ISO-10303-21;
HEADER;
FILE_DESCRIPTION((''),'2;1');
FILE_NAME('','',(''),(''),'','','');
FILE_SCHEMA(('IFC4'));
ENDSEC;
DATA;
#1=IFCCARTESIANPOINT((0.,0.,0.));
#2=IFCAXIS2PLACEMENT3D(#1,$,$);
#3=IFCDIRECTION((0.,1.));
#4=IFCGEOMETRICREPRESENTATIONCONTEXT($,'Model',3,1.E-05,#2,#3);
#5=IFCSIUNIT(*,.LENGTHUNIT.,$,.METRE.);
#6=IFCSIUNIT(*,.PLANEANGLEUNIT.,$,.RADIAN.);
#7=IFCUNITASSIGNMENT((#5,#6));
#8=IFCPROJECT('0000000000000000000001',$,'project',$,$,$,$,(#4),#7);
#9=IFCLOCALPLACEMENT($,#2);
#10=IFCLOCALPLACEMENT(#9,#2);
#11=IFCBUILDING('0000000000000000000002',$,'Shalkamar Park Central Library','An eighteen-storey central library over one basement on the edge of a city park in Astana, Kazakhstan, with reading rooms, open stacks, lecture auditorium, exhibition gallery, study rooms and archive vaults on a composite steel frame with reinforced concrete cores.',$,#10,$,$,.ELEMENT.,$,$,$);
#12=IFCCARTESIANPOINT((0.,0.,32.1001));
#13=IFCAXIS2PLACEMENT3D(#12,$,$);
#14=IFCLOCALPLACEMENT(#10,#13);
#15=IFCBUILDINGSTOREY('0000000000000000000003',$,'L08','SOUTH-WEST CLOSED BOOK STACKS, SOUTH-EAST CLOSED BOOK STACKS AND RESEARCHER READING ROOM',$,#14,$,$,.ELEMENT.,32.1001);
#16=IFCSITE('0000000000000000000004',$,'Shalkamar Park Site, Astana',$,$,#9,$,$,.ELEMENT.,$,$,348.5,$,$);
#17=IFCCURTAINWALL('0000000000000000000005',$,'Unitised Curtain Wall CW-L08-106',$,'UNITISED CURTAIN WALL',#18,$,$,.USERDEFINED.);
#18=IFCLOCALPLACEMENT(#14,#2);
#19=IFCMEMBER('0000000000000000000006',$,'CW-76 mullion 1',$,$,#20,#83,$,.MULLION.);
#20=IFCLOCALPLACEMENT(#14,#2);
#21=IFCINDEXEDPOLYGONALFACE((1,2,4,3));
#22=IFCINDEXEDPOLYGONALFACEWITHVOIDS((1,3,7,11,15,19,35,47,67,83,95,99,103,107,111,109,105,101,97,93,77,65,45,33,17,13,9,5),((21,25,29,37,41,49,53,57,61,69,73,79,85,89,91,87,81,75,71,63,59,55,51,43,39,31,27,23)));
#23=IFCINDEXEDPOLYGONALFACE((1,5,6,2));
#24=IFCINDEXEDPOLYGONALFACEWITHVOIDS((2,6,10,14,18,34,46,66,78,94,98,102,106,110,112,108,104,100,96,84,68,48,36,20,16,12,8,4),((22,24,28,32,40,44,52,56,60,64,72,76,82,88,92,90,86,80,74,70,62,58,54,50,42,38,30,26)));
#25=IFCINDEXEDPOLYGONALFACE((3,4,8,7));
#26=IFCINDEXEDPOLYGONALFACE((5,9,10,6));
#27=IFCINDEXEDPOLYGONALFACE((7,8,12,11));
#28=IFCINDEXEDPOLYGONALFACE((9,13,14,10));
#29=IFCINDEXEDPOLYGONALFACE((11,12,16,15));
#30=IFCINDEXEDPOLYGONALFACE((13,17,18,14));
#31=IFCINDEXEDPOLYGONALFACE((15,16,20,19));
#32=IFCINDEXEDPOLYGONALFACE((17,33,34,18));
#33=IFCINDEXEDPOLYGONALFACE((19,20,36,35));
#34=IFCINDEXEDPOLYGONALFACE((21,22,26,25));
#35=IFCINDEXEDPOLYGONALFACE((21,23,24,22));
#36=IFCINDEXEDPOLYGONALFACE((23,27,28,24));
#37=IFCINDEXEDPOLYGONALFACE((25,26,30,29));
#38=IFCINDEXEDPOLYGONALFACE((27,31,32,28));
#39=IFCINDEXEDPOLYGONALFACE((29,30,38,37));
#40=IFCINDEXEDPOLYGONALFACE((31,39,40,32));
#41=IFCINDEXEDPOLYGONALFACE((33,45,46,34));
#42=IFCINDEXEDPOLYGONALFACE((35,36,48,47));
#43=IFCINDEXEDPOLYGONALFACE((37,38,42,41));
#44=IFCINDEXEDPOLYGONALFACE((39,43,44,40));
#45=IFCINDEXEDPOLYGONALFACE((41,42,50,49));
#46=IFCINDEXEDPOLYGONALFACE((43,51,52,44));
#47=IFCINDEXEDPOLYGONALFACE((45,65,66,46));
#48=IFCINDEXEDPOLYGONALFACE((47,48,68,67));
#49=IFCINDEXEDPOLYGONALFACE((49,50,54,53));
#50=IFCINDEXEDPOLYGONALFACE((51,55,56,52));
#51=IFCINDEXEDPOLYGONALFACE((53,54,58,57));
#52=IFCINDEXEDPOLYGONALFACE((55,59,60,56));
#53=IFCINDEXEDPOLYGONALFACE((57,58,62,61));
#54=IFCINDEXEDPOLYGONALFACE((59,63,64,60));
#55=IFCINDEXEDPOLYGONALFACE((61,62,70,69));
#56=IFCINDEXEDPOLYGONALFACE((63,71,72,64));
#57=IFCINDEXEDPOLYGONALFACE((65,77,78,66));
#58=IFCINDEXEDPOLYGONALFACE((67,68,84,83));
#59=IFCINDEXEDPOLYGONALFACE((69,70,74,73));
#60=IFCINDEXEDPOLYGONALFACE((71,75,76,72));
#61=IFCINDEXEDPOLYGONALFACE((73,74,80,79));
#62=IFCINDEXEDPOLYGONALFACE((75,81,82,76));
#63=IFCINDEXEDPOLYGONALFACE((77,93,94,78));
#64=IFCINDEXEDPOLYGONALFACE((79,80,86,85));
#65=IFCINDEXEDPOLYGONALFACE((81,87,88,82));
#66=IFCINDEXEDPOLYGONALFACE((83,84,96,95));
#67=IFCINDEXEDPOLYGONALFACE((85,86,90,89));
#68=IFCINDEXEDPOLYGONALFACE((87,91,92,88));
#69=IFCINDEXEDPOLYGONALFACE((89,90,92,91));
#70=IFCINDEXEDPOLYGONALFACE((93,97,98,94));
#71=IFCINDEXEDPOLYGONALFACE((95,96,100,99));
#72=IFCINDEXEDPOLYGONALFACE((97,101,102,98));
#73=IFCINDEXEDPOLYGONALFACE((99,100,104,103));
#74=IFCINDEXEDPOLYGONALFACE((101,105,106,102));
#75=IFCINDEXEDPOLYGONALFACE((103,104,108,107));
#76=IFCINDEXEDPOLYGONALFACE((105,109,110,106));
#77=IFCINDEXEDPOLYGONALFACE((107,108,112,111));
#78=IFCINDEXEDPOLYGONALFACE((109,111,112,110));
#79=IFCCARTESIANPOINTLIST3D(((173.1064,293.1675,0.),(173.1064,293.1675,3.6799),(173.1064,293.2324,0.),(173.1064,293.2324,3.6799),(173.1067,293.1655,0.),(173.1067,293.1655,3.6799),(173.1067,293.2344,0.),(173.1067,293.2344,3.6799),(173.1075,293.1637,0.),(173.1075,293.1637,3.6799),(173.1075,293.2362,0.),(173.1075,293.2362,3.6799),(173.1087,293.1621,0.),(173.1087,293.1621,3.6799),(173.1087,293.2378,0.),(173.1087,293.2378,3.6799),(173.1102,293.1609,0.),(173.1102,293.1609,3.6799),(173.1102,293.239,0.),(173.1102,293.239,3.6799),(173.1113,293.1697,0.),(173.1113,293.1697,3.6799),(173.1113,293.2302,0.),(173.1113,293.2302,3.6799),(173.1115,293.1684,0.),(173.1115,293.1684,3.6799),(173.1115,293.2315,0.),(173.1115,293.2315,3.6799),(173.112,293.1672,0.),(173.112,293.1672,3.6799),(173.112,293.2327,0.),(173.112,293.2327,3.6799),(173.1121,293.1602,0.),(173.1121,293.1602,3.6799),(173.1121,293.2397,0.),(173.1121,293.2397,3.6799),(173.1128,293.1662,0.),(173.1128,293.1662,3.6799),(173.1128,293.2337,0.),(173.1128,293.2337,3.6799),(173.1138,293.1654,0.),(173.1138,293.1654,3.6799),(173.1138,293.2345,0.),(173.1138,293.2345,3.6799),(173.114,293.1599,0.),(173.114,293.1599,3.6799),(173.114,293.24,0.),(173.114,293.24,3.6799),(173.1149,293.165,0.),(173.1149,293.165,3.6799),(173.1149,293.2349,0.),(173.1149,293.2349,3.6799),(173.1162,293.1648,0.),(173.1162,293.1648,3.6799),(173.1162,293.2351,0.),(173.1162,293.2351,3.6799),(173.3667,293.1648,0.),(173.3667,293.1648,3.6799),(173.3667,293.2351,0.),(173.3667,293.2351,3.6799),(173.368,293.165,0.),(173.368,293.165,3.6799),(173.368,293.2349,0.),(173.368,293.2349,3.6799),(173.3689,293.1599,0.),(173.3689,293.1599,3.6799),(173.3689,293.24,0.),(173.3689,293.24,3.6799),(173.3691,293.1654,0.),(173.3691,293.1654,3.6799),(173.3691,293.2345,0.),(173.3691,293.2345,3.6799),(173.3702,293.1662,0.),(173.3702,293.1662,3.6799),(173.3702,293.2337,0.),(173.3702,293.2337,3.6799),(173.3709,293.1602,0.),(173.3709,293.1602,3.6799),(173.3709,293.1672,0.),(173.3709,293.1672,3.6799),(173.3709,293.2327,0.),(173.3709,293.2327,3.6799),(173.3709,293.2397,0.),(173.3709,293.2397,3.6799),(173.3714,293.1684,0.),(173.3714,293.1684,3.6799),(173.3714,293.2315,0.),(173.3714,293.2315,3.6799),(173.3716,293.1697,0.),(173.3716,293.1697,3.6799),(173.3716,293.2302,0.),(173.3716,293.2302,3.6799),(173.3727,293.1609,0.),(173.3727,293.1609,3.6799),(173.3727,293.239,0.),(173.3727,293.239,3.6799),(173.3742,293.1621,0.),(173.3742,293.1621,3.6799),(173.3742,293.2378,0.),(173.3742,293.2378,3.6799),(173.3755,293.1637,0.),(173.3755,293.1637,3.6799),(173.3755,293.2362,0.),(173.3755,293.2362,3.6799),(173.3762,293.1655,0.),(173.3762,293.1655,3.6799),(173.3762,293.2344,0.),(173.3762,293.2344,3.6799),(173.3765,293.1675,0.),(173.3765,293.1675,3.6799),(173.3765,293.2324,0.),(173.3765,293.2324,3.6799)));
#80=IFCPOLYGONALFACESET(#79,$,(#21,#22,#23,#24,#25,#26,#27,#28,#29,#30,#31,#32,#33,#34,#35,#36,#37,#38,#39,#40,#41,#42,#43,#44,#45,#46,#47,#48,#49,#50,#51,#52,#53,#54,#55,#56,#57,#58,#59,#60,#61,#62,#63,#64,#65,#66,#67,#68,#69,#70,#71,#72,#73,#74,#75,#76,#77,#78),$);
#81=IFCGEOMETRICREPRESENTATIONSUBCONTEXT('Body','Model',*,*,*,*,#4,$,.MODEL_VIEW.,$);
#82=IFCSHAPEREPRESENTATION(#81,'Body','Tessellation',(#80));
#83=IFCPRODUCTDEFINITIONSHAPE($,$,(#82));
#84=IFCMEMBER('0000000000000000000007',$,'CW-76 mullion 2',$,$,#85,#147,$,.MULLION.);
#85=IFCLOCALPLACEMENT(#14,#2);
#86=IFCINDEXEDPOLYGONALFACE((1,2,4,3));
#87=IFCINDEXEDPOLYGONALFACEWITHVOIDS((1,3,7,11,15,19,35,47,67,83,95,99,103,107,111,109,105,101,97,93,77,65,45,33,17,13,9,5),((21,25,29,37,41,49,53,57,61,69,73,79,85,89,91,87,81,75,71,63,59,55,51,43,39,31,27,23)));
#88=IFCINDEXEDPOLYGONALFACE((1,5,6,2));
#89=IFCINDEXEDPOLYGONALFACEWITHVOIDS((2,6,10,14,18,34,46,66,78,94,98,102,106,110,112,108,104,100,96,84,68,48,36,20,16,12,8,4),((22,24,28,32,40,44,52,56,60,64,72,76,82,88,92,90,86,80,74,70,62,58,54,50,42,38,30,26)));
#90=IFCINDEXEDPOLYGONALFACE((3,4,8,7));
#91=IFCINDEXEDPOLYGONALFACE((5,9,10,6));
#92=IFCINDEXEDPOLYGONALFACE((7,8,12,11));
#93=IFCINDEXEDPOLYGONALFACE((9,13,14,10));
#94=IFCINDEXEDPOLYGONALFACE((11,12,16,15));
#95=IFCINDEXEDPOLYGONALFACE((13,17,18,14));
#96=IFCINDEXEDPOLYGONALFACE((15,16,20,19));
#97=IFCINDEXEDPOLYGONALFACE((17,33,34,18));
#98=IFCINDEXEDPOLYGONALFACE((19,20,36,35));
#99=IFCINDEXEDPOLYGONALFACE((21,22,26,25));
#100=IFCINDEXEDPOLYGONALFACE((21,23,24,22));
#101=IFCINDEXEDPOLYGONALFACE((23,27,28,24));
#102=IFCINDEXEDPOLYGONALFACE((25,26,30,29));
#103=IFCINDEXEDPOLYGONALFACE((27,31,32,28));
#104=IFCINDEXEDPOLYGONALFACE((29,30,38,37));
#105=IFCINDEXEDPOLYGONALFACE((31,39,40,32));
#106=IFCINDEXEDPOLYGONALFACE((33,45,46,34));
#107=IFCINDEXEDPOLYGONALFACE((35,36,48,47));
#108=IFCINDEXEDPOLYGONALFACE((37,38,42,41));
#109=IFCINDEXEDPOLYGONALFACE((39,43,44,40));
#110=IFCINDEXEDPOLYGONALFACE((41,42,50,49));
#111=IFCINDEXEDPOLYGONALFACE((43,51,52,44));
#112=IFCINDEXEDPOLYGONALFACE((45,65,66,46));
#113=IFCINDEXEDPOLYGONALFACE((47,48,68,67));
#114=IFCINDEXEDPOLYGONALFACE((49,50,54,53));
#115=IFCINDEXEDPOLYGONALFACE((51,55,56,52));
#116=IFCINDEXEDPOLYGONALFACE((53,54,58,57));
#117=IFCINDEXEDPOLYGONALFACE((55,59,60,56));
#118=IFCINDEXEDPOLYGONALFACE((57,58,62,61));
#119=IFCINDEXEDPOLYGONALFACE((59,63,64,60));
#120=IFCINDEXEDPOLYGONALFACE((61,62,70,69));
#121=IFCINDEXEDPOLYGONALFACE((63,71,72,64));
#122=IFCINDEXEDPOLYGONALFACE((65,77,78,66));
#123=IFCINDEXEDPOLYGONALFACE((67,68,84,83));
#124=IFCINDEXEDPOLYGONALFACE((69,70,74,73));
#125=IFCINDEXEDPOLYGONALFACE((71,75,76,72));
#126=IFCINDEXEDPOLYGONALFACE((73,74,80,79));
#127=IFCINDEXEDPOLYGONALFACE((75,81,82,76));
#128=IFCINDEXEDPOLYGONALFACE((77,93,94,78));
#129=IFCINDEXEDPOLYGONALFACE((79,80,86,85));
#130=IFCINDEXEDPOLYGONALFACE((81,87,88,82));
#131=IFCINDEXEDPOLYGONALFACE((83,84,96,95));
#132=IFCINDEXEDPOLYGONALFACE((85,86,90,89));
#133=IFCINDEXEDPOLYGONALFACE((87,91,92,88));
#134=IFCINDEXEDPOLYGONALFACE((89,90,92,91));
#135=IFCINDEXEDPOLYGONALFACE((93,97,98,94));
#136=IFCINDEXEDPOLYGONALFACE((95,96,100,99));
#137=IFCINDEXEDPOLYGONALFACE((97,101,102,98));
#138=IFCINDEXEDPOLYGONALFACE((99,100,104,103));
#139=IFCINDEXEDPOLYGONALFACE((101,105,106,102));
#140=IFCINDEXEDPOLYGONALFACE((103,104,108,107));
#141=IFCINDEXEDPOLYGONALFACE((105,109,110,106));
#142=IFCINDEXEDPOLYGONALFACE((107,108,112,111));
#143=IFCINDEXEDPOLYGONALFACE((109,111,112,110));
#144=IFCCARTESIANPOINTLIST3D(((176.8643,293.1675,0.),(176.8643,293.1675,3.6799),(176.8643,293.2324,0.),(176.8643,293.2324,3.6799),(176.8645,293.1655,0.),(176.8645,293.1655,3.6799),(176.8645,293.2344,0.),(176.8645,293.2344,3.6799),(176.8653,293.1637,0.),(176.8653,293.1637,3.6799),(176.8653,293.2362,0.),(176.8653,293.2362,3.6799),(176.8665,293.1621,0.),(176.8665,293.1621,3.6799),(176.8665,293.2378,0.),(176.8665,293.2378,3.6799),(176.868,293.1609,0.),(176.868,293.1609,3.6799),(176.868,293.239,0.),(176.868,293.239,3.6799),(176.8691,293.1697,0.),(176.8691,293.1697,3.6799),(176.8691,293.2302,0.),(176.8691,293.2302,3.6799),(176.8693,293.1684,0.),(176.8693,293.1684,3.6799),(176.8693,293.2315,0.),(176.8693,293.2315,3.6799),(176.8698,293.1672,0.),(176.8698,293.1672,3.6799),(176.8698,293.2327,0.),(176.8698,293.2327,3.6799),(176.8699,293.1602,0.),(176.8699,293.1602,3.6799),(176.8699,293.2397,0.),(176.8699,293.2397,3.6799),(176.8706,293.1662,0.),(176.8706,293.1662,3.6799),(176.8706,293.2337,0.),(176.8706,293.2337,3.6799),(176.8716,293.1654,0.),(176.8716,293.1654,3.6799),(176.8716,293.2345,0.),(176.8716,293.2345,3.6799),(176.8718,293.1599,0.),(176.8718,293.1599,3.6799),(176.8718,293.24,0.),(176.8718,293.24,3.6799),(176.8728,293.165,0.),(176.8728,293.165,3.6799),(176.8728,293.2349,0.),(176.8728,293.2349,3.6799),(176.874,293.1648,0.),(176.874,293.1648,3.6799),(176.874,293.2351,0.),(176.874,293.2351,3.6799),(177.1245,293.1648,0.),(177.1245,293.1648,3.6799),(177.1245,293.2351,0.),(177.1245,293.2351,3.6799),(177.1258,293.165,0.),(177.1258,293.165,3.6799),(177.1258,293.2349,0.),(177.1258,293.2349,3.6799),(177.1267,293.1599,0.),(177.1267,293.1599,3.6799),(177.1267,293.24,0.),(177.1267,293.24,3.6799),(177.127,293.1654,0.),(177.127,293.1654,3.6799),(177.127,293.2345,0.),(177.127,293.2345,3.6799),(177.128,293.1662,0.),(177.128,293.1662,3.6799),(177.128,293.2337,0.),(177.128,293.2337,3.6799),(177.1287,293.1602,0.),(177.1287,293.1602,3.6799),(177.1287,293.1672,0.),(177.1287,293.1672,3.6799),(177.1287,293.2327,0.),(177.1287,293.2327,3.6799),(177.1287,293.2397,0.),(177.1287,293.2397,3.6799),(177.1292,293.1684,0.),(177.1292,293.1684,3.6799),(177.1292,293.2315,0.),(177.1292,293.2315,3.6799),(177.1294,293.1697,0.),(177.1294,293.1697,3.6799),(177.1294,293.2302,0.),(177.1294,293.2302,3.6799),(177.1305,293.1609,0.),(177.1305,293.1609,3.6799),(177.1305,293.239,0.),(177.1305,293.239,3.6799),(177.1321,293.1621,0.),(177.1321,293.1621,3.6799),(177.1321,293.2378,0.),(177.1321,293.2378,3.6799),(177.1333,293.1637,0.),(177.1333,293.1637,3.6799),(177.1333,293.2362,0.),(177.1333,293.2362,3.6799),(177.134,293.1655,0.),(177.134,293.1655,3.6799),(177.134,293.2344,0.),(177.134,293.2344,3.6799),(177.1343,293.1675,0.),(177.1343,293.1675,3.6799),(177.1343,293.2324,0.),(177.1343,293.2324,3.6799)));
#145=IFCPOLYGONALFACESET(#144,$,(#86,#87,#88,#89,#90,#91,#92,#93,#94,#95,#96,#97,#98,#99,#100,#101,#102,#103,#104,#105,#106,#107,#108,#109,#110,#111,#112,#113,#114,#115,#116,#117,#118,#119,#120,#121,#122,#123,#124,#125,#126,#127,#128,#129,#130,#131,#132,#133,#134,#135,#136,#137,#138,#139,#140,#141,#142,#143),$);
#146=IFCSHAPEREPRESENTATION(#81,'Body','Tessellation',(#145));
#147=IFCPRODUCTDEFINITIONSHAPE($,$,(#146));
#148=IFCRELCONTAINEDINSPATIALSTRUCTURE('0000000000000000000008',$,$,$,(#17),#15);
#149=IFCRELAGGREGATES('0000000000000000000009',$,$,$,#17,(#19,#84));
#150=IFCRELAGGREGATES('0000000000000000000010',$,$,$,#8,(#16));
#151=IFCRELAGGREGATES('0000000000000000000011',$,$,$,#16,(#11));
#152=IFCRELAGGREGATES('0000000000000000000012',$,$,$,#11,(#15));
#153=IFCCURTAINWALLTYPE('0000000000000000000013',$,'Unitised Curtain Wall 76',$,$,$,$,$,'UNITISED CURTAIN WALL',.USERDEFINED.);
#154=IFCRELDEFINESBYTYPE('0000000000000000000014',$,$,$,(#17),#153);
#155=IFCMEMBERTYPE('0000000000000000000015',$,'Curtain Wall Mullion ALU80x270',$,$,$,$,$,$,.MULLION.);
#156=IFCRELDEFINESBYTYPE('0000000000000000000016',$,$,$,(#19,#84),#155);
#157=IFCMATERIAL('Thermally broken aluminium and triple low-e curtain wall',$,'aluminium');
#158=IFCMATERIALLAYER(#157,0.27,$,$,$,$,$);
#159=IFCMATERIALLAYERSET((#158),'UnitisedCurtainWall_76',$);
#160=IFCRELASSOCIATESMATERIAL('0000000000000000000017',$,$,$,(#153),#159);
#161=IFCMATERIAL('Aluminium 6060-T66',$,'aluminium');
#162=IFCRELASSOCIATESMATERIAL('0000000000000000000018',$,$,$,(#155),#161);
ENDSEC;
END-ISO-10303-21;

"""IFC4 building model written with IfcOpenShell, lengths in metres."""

from ifc_helpers import new_model, si_unit, direction, frame, origin, origin_2d, place, context, subcontext, project, spatial, hollow_rectangle, extrude, material, layer, layer_set, material_profile, profile_set, type_object, element, aggregate, save


model = new_model("IFC4")

# Units and contexts
model_context = context("Model", 3, precision=1e-05, world=origin(), true_north=direction((0.0, 1.0)))
body_context = subcontext(model_context, "Body", "Model", "MODEL_VIEW")
ifc_project = project(units=[si_unit("LENGTHUNIT", "METRE"), si_unit("PLANEANGLEUNIT", "RADIAN")], contexts=[model_context])

# Site, building, storey
site_placement = place(None, origin())
site = spatial("IfcSite", under=ifc_project, at=site_placement, Name="Shalkamar Park Site, Astana", CompositionType="ELEMENT", RefElevation=348.5)
building_placement = place(site_placement, origin())
building = spatial("IfcBuilding", under=site, at=building_placement, Name="Shalkamar Park Central Library", Description="An eighteen-storey central library over one basement on the edge of a city park in Astana, Kazakhstan, with reading rooms, open stacks, lecture auditorium, exhibition gallery, study rooms and archive vaults on a composite steel frame with reinforced concrete cores.", CompositionType="ELEMENT")
storey_placement = place(building_placement, frame((0.0, 0.0, 32.1001)))
storey = spatial("IfcBuildingStorey", under=building, at=storey_placement, Name="L08", Description="SOUTH-WEST CLOSED BOOK STACKS, SOUTH-EAST CLOSED BOOK STACKS AND RESEARCHER READING ROOM", CompositionType="ELEMENT", Elevation=32.1001)

# Curtain wall, members
ifc_material_1 = material(Name="Thermally broken aluminium and triple low-e curtain wall", Category="aluminium")
ifc_material_2 = material(Name="Aluminium 6060-T66", Category="aluminium")
ifc_layer_1 = layer(ifc_material_1, 0.27)
ifc_layer_set_1 = layer_set([ifc_layer_1], Name="UnitisedCurtainWall_76")
curtain_wall_type_1 = type_object("IfcCurtainWallType", Name="Unitised Curtain Wall 76", ElementType="UNITISED CURTAIN WALL", PredefinedType="USERDEFINED", material=ifc_layer_set_1)
curtain_wall_1_placement = place(storey_placement, origin())
curtain_wall_1 = element("IfcCurtainWall", 1, at=curtain_wall_1_placement, inside=storey, type_object=curtain_wall_type_1, Name="Unitised Curtain Wall CW-L08-106", ObjectType="UNITISED CURTAIN WALL", PredefinedType="USERDEFINED")
ifc_material_profile_1 = material_profile(ifc_material_2, hollow_rectangle(XDim=0.0801, YDim=0.27, WallThickness=0.0049, InnerFilletRadius=0.0049, OuterFilletRadius=0.0076, at=origin_2d()), Name="ALU 80x270x5")
ifc_profile_set_1 = profile_set([ifc_material_profile_1], Name="Aluminium 6060-T66")
member_type_1 = type_object("IfcMemberType", Name="Curtain Wall Mullion ALU80x270", PredefinedType="MULLION", material=ifc_profile_set_1)
member_1_placement = place(storey_placement, frame((173.2415, 293.2, 0.0), z_axis=(0.0, 0.0, 1.0), x_axis=(0.0, 1.0, 0.0)))
member_1 = element("IfcMember", 2, at=member_1_placement, type_object=member_type_1, Name="CW-76 mullion 1", PredefinedType="MULLION", context=body_context, shape_type="SweptSolid", body=[
    extrude(hollow_rectangle(XDim=0.0801, YDim=0.27, WallThickness=0.0049, InnerFilletRadius=0.0049, OuterFilletRadius=0.0076, at=origin_2d()), origin(), (0.0, 0.0, 1.0), 3.6799),
])
member_2_placement = place(storey_placement, frame((176.9993, 293.2, 0.0), z_axis=(0.0, 0.0, 1.0), x_axis=(0.0, 1.0, 0.0)))
member_2 = element("IfcMember", 3, at=member_2_placement, type_object=member_type_1, Name="CW-76 mullion 2", PredefinedType="MULLION", context=body_context, shape_type="SweptSolid", body=[
    extrude(hollow_rectangle(XDim=0.0801, YDim=0.27, WallThickness=0.0049, InnerFilletRadius=0.0049, OuterFilletRadius=0.0076, at=origin_2d()), origin(), (0.0, 0.0, 1.0), 3.6799),
])

aggregate(curtain_wall_1, [member_1, member_2])

save(model, "model.ifc")
